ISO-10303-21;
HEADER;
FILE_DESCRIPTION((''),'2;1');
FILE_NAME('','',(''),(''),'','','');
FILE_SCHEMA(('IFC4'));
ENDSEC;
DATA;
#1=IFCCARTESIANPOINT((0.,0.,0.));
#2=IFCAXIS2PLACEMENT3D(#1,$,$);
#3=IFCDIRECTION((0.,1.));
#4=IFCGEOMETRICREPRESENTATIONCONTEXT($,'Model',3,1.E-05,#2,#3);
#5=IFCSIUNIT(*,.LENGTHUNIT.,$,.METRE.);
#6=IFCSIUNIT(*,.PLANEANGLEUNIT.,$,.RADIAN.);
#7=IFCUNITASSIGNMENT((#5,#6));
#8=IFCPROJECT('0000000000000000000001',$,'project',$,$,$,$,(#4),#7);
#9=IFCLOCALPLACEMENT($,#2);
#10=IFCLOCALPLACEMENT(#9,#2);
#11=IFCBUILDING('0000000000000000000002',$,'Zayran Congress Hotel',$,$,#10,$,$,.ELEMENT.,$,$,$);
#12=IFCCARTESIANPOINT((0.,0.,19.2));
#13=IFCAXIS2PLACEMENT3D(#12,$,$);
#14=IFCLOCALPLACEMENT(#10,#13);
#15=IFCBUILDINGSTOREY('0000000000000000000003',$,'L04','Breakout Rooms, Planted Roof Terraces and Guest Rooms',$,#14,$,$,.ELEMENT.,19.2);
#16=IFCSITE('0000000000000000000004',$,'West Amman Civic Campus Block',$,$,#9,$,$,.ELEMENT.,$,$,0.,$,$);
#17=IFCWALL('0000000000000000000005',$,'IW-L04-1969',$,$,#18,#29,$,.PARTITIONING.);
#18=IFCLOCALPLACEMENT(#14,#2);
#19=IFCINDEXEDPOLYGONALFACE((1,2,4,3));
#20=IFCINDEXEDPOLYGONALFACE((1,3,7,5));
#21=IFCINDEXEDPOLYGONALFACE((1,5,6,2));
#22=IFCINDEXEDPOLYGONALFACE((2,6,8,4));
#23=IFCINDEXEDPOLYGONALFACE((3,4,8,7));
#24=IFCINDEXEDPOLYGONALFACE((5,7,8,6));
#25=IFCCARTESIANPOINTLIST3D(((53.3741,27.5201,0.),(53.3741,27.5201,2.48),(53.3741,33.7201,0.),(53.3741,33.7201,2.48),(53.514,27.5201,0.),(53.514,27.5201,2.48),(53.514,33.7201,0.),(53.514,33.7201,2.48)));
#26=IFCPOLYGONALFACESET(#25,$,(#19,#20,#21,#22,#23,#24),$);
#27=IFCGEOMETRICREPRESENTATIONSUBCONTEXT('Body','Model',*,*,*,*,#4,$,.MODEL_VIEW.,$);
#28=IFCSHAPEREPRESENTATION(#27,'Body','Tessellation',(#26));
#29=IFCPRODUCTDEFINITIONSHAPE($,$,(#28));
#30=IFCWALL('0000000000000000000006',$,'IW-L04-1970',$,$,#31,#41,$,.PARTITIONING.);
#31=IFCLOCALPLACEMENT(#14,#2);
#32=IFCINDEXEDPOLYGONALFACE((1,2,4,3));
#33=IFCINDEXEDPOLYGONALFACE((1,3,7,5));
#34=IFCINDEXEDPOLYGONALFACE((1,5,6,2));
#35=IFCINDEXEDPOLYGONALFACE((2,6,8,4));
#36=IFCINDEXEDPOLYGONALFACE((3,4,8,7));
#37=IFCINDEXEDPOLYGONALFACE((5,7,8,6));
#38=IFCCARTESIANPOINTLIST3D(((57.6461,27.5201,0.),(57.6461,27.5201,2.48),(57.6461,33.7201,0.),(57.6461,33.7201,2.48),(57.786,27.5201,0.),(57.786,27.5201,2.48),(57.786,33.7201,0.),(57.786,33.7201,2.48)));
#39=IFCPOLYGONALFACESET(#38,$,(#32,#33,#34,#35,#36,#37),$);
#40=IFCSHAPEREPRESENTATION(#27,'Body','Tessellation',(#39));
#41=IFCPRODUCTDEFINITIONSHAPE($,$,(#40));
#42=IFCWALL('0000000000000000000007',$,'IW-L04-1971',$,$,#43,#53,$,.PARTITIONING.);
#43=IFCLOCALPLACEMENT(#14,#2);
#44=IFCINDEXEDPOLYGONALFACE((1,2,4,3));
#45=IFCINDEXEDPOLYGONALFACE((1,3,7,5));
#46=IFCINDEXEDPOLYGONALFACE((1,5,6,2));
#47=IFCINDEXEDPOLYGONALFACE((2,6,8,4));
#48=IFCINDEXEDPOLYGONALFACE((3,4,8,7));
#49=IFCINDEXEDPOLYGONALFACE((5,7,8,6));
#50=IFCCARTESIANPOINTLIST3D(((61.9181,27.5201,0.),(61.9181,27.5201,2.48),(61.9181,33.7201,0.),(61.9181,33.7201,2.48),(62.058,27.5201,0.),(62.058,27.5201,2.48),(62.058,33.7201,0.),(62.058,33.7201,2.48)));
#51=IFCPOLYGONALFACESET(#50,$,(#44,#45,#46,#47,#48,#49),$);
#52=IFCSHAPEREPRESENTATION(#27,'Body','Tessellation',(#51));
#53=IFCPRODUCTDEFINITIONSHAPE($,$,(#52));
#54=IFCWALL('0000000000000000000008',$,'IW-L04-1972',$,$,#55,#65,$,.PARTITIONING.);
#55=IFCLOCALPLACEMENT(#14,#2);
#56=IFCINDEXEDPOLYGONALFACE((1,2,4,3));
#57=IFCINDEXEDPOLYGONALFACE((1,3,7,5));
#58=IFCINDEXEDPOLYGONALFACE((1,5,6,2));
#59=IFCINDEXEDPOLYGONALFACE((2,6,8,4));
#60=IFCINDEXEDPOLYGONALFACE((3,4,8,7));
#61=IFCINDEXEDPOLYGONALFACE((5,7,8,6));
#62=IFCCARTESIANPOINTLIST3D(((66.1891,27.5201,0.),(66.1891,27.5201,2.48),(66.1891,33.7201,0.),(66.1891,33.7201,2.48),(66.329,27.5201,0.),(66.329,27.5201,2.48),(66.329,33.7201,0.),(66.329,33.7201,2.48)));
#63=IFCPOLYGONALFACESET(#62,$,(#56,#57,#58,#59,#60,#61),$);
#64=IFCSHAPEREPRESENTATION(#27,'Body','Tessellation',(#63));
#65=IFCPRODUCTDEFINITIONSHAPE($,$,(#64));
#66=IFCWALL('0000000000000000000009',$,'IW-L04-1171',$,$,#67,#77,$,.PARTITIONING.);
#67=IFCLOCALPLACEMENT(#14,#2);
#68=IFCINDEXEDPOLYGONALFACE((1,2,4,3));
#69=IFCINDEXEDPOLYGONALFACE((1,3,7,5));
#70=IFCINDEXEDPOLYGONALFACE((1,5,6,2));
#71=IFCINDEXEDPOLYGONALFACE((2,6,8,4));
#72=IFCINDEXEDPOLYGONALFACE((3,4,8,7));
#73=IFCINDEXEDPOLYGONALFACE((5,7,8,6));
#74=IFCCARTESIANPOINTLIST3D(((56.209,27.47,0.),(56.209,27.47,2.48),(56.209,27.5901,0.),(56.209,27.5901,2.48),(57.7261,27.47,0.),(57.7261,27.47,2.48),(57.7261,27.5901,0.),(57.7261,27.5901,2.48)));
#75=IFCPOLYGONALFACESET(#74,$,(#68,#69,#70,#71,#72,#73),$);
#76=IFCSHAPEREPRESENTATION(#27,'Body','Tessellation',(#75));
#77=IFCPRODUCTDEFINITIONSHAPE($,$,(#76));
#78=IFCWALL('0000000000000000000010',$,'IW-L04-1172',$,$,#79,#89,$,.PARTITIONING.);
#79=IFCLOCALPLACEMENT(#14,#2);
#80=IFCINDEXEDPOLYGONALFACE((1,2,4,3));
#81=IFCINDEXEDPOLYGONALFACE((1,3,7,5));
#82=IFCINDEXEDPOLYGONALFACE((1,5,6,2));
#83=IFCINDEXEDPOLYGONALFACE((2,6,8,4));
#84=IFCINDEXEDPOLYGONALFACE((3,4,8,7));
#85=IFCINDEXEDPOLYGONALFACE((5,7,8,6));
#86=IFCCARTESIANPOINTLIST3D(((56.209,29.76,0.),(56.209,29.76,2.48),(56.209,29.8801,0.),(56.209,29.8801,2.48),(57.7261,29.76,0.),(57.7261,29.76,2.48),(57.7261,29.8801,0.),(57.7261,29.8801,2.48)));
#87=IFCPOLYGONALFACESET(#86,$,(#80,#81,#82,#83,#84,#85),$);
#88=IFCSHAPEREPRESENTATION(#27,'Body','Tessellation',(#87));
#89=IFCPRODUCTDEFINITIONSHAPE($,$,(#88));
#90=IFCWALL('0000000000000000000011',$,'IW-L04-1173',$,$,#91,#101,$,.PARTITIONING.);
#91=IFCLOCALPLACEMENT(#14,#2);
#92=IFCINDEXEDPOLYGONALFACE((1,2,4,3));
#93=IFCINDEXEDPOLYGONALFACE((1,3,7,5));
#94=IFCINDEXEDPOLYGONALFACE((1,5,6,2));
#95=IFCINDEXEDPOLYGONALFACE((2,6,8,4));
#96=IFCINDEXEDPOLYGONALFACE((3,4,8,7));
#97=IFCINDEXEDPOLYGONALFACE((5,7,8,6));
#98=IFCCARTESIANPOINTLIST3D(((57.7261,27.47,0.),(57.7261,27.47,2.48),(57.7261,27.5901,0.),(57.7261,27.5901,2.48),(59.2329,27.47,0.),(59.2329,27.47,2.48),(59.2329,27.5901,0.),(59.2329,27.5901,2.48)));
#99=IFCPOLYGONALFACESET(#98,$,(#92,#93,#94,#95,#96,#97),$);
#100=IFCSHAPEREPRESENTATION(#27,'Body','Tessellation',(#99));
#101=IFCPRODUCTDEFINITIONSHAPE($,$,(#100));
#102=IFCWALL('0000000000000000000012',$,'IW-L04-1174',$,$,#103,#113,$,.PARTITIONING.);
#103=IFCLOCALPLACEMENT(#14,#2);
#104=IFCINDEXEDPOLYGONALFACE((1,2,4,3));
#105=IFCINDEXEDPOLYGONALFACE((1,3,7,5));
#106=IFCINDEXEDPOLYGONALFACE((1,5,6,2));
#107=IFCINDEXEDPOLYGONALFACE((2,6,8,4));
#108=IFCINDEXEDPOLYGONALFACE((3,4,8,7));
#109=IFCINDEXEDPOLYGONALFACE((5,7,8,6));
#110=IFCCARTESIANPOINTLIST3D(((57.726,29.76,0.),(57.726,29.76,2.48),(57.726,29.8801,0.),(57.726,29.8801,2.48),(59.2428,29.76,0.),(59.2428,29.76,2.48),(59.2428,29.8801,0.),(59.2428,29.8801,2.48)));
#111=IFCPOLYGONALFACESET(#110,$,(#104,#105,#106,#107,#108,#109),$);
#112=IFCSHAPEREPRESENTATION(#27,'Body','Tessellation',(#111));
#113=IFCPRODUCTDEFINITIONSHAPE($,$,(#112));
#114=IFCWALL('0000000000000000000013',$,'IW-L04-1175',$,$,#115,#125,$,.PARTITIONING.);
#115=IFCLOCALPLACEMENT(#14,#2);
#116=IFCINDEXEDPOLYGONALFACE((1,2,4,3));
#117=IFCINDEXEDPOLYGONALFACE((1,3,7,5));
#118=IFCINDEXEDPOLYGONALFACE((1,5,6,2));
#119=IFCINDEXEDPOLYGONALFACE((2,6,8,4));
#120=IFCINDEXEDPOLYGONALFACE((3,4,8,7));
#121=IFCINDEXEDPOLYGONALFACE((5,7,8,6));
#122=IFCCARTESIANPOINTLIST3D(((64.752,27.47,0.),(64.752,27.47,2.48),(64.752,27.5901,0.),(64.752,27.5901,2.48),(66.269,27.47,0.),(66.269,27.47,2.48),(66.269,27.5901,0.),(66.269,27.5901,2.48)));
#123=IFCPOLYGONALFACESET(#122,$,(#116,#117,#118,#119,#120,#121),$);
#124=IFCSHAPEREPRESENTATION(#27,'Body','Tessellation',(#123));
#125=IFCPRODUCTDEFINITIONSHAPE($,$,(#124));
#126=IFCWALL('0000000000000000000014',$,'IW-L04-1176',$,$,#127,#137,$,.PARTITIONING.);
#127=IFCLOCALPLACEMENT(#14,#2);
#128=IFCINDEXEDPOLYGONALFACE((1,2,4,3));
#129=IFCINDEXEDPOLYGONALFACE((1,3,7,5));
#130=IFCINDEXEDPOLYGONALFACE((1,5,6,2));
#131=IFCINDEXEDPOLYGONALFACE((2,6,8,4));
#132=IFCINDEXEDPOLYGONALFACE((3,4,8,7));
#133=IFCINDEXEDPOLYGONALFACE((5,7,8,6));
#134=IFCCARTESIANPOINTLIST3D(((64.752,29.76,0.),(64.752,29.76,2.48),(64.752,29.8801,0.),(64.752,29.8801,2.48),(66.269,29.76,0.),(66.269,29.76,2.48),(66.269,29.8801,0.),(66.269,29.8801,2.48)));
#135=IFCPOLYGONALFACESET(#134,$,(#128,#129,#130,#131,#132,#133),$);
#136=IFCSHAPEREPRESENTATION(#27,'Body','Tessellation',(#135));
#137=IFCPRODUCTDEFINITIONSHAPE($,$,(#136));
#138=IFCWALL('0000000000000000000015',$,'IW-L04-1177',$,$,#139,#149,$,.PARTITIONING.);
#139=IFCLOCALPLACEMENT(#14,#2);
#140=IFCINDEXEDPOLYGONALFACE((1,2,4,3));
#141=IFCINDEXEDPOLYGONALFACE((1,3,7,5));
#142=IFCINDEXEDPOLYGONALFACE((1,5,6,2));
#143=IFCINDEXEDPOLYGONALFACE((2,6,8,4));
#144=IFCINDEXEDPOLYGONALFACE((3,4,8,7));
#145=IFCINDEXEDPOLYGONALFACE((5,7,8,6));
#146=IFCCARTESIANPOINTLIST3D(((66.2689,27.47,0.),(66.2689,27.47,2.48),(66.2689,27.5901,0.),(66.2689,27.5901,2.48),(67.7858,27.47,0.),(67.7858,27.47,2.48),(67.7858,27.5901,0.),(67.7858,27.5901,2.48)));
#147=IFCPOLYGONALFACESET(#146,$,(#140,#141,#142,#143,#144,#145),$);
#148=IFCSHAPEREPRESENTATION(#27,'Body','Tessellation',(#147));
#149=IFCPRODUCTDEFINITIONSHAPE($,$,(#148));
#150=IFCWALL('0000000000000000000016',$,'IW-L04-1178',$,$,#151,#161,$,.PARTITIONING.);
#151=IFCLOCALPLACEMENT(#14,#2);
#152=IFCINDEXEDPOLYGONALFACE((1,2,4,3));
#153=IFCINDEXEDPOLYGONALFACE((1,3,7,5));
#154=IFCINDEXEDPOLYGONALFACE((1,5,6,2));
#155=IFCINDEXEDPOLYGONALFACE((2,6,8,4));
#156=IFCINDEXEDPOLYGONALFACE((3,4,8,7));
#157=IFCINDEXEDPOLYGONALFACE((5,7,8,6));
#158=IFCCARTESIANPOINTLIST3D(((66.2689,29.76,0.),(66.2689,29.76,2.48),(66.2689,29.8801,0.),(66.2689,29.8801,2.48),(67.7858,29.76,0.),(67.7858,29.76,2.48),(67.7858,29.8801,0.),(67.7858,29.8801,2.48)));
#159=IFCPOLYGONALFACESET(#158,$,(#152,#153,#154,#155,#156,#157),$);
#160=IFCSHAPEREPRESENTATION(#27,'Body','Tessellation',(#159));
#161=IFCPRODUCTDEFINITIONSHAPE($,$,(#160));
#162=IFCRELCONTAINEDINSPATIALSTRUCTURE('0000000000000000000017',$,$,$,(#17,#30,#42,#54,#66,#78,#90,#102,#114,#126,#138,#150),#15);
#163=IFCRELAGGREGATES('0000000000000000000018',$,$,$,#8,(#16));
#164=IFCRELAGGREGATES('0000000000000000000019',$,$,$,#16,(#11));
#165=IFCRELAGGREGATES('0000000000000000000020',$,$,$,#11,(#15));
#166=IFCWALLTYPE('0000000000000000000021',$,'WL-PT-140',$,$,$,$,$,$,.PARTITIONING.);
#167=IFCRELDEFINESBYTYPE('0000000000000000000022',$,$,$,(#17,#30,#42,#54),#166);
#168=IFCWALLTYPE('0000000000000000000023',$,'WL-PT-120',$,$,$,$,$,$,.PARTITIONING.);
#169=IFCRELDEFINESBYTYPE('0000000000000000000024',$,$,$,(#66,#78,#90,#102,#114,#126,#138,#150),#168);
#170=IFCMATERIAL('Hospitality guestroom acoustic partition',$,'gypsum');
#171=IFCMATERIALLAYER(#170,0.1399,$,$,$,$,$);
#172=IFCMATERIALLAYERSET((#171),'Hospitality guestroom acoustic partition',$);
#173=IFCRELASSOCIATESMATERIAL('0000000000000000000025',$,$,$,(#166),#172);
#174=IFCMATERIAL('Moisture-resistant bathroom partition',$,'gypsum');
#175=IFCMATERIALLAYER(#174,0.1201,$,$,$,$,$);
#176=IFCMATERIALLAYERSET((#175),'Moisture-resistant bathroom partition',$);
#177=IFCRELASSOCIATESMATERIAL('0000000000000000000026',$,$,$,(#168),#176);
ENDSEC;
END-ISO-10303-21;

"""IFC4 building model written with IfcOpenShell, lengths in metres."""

from ifc_helpers import new_model, si_unit, direction, frame, frame_2d, origin, place, context, subcontext, project, spatial, rectangle, extrude, material, layer, layer_set, type_object, element, save


model = new_model("IFC4")

# Units and contexts
model_context = context("Model", 3, precision=1e-05, world=origin(), true_north=direction((0.0, 1.0)))
body_context = subcontext(model_context, "Body", "Model", "MODEL_VIEW")
ifc_project = project(units=[si_unit("LENGTHUNIT", "METRE"), si_unit("PLANEANGLEUNIT", "RADIAN")], contexts=[model_context])

# Site, building, storey
site_placement = place(None, origin())
site = spatial("IfcSite", under=ifc_project, at=site_placement, Name="West Amman Civic Campus Block", CompositionType="ELEMENT", RefElevation=0.0)
building_placement = place(site_placement, origin())
building = spatial("IfcBuilding", under=site, at=building_placement, Name="Zayran Congress Hotel", CompositionType="ELEMENT")
storey_placement = place(building_placement, frame((0.0, 0.0, 19.2)))
storey = spatial("IfcBuildingStorey", under=building, at=storey_placement, Name="L04", Description="Breakout Rooms, Planted Roof Terraces and Guest Rooms", CompositionType="ELEMENT", Elevation=19.2)

# Shared definitions
ifc_material_1 = material(Name="Hospitality guestroom acoustic partition", Category="gypsum")
ifc_layer_1 = layer(ifc_material_1, 0.1399)
ifc_layer_set_1 = layer_set([ifc_layer_1], Name="Hospitality guestroom acoustic partition")
wall_type_1 = type_object("IfcWallType", Name="WL-PT-140", PredefinedType="PARTITIONING", material=ifc_layer_set_1)

# Walls
for number, where, z_axis, x_axis, name in (
    (1, (53.4441, 27.52, 0.0), (0.0, 0.0, 1.0), (0.0, 1.0, 0.0), "IW-L04-1969"),
    (2, (57.7161, 27.52, 0.0), (0.0, 0.0, 1.0), (0.0, 1.0, 0.0), "IW-L04-1970"),
    (3, (61.988, 27.52, 0.0), (0.0, 0.0, 1.0), (0.0, 1.0, 0.0), "IW-L04-1971"),
    (4, (66.259, 27.52, 0.0), (0.0, 0.0, 1.0), (0.0, 1.0, 0.0), "IW-L04-1972"),
):
    element("IfcWall", number, at=place(storey_placement, frame(where, z_axis=z_axis, x_axis=x_axis)), inside=storey, type_object=wall_type_1, Name=name, PredefinedType="PARTITIONING", context=body_context, shape_type="SweptSolid", body=[
        extrude(rectangle(XDim=6.2, YDim=0.1399, at=frame_2d((3.1001, 0.0))), origin(), (0.0, 0.0, 1.0), 2.48),
    ])

# Shared definitions
ifc_material_2 = material(Name="Moisture-resistant bathroom partition", Category="gypsum")
ifc_layer_2 = layer(ifc_material_2, 0.1201)
ifc_layer_set_2 = layer_set([ifc_layer_2], Name="Moisture-resistant bathroom partition")
wall_type_2 = type_object("IfcWallType", Name="WL-PT-120", PredefinedType="PARTITIONING", material=ifc_layer_set_2)

# Walls
for number, where, z_axis, x_axis, name in (
    (5, (56.209, 27.53, 0.0), (0.0, 0.0, 1.0), (1.0, 0.0, 0.0), "IW-L04-1171"),
    (6, (56.209, 29.8201, 0.0), (0.0, 0.0, 1.0), (1.0, 0.0, 0.0), "IW-L04-1172"),
):
    element("IfcWall", number, at=place(storey_placement, frame(where, z_axis=z_axis, x_axis=x_axis)), inside=storey, type_object=wall_type_2, Name=name, PredefinedType="PARTITIONING", context=body_context, shape_type="SweptSolid", body=[
        extrude(rectangle(XDim=1.5171, YDim=0.1201, at=frame_2d((0.7585, 0.0))), origin(), (0.0, 0.0, 1.0), 2.48),
    ])
wall_1_placement = place(storey_placement, frame((57.7261, 27.53, 0.0), z_axis=(0.0, 0.0, 1.0), x_axis=(1.0, 0.0, 0.0)))
element("IfcWall", 7, at=wall_1_placement, inside=storey, type_object=wall_type_2, Name="IW-L04-1173", PredefinedType="PARTITIONING", context=body_context, shape_type="SweptSolid", body=[
    extrude(rectangle(XDim=1.5068, YDim=0.1201, at=frame_2d((0.7534, 0.0))), origin(), (0.0, 0.0, 1.0), 2.48),
])
wall_2_placement = place(storey_placement, frame((57.7261, 29.8201, 0.0), z_axis=(0.0, 0.0, 1.0), x_axis=(1.0, 0.0, 0.0)))
element("IfcWall", 8, at=wall_2_placement, inside=storey, type_object=wall_type_2, Name="IW-L04-1174", PredefinedType="PARTITIONING", context=body_context, shape_type="SweptSolid", body=[
    extrude(rectangle(XDim=1.5168, YDim=0.1201, at=frame_2d((0.7583, 0.0))), origin(), (0.0, 0.0, 1.0), 2.48),
])
for number, where, z_axis, x_axis, name in (
    (9, (64.752, 27.53, 0.0), (0.0, 0.0, 1.0), (1.0, 0.0, 0.0), "IW-L04-1175"),
    (10, (64.752, 29.8201, 0.0), (0.0, 0.0, 1.0), (1.0, 0.0, 0.0), "IW-L04-1176"),
):
    element("IfcWall", number, at=place(storey_placement, frame(where, z_axis=z_axis, x_axis=x_axis)), inside=storey, type_object=wall_type_2, Name=name, PredefinedType="PARTITIONING", context=body_context, shape_type="SweptSolid", body=[
        extrude(rectangle(XDim=1.5171, YDim=0.1201, at=frame_2d((0.7585, 0.0))), origin(), (0.0, 0.0, 1.0), 2.48),
    ])
for number, where, z_axis, x_axis, name in (
    (11, (66.269, 27.53, 0.0), (0.0, 0.0, 1.0), (1.0, 0.0, 0.0), "IW-L04-1177"),
    (12, (66.269, 29.8201, 0.0), (0.0, 0.0, 1.0), (1.0, 0.0, 0.0), "IW-L04-1178"),
):
    element("IfcWall", number, at=place(storey_placement, frame(where, z_axis=z_axis, x_axis=x_axis)), inside=storey, type_object=wall_type_2, Name=name, PredefinedType="PARTITIONING", context=body_context, shape_type="SweptSolid", body=[
        extrude(rectangle(XDim=1.5168, YDim=0.1201, at=frame_2d((0.7583, 0.0))), origin(), (0.0, 0.0, 1.0), 2.48),
    ])

save(model, "model.ifc")
